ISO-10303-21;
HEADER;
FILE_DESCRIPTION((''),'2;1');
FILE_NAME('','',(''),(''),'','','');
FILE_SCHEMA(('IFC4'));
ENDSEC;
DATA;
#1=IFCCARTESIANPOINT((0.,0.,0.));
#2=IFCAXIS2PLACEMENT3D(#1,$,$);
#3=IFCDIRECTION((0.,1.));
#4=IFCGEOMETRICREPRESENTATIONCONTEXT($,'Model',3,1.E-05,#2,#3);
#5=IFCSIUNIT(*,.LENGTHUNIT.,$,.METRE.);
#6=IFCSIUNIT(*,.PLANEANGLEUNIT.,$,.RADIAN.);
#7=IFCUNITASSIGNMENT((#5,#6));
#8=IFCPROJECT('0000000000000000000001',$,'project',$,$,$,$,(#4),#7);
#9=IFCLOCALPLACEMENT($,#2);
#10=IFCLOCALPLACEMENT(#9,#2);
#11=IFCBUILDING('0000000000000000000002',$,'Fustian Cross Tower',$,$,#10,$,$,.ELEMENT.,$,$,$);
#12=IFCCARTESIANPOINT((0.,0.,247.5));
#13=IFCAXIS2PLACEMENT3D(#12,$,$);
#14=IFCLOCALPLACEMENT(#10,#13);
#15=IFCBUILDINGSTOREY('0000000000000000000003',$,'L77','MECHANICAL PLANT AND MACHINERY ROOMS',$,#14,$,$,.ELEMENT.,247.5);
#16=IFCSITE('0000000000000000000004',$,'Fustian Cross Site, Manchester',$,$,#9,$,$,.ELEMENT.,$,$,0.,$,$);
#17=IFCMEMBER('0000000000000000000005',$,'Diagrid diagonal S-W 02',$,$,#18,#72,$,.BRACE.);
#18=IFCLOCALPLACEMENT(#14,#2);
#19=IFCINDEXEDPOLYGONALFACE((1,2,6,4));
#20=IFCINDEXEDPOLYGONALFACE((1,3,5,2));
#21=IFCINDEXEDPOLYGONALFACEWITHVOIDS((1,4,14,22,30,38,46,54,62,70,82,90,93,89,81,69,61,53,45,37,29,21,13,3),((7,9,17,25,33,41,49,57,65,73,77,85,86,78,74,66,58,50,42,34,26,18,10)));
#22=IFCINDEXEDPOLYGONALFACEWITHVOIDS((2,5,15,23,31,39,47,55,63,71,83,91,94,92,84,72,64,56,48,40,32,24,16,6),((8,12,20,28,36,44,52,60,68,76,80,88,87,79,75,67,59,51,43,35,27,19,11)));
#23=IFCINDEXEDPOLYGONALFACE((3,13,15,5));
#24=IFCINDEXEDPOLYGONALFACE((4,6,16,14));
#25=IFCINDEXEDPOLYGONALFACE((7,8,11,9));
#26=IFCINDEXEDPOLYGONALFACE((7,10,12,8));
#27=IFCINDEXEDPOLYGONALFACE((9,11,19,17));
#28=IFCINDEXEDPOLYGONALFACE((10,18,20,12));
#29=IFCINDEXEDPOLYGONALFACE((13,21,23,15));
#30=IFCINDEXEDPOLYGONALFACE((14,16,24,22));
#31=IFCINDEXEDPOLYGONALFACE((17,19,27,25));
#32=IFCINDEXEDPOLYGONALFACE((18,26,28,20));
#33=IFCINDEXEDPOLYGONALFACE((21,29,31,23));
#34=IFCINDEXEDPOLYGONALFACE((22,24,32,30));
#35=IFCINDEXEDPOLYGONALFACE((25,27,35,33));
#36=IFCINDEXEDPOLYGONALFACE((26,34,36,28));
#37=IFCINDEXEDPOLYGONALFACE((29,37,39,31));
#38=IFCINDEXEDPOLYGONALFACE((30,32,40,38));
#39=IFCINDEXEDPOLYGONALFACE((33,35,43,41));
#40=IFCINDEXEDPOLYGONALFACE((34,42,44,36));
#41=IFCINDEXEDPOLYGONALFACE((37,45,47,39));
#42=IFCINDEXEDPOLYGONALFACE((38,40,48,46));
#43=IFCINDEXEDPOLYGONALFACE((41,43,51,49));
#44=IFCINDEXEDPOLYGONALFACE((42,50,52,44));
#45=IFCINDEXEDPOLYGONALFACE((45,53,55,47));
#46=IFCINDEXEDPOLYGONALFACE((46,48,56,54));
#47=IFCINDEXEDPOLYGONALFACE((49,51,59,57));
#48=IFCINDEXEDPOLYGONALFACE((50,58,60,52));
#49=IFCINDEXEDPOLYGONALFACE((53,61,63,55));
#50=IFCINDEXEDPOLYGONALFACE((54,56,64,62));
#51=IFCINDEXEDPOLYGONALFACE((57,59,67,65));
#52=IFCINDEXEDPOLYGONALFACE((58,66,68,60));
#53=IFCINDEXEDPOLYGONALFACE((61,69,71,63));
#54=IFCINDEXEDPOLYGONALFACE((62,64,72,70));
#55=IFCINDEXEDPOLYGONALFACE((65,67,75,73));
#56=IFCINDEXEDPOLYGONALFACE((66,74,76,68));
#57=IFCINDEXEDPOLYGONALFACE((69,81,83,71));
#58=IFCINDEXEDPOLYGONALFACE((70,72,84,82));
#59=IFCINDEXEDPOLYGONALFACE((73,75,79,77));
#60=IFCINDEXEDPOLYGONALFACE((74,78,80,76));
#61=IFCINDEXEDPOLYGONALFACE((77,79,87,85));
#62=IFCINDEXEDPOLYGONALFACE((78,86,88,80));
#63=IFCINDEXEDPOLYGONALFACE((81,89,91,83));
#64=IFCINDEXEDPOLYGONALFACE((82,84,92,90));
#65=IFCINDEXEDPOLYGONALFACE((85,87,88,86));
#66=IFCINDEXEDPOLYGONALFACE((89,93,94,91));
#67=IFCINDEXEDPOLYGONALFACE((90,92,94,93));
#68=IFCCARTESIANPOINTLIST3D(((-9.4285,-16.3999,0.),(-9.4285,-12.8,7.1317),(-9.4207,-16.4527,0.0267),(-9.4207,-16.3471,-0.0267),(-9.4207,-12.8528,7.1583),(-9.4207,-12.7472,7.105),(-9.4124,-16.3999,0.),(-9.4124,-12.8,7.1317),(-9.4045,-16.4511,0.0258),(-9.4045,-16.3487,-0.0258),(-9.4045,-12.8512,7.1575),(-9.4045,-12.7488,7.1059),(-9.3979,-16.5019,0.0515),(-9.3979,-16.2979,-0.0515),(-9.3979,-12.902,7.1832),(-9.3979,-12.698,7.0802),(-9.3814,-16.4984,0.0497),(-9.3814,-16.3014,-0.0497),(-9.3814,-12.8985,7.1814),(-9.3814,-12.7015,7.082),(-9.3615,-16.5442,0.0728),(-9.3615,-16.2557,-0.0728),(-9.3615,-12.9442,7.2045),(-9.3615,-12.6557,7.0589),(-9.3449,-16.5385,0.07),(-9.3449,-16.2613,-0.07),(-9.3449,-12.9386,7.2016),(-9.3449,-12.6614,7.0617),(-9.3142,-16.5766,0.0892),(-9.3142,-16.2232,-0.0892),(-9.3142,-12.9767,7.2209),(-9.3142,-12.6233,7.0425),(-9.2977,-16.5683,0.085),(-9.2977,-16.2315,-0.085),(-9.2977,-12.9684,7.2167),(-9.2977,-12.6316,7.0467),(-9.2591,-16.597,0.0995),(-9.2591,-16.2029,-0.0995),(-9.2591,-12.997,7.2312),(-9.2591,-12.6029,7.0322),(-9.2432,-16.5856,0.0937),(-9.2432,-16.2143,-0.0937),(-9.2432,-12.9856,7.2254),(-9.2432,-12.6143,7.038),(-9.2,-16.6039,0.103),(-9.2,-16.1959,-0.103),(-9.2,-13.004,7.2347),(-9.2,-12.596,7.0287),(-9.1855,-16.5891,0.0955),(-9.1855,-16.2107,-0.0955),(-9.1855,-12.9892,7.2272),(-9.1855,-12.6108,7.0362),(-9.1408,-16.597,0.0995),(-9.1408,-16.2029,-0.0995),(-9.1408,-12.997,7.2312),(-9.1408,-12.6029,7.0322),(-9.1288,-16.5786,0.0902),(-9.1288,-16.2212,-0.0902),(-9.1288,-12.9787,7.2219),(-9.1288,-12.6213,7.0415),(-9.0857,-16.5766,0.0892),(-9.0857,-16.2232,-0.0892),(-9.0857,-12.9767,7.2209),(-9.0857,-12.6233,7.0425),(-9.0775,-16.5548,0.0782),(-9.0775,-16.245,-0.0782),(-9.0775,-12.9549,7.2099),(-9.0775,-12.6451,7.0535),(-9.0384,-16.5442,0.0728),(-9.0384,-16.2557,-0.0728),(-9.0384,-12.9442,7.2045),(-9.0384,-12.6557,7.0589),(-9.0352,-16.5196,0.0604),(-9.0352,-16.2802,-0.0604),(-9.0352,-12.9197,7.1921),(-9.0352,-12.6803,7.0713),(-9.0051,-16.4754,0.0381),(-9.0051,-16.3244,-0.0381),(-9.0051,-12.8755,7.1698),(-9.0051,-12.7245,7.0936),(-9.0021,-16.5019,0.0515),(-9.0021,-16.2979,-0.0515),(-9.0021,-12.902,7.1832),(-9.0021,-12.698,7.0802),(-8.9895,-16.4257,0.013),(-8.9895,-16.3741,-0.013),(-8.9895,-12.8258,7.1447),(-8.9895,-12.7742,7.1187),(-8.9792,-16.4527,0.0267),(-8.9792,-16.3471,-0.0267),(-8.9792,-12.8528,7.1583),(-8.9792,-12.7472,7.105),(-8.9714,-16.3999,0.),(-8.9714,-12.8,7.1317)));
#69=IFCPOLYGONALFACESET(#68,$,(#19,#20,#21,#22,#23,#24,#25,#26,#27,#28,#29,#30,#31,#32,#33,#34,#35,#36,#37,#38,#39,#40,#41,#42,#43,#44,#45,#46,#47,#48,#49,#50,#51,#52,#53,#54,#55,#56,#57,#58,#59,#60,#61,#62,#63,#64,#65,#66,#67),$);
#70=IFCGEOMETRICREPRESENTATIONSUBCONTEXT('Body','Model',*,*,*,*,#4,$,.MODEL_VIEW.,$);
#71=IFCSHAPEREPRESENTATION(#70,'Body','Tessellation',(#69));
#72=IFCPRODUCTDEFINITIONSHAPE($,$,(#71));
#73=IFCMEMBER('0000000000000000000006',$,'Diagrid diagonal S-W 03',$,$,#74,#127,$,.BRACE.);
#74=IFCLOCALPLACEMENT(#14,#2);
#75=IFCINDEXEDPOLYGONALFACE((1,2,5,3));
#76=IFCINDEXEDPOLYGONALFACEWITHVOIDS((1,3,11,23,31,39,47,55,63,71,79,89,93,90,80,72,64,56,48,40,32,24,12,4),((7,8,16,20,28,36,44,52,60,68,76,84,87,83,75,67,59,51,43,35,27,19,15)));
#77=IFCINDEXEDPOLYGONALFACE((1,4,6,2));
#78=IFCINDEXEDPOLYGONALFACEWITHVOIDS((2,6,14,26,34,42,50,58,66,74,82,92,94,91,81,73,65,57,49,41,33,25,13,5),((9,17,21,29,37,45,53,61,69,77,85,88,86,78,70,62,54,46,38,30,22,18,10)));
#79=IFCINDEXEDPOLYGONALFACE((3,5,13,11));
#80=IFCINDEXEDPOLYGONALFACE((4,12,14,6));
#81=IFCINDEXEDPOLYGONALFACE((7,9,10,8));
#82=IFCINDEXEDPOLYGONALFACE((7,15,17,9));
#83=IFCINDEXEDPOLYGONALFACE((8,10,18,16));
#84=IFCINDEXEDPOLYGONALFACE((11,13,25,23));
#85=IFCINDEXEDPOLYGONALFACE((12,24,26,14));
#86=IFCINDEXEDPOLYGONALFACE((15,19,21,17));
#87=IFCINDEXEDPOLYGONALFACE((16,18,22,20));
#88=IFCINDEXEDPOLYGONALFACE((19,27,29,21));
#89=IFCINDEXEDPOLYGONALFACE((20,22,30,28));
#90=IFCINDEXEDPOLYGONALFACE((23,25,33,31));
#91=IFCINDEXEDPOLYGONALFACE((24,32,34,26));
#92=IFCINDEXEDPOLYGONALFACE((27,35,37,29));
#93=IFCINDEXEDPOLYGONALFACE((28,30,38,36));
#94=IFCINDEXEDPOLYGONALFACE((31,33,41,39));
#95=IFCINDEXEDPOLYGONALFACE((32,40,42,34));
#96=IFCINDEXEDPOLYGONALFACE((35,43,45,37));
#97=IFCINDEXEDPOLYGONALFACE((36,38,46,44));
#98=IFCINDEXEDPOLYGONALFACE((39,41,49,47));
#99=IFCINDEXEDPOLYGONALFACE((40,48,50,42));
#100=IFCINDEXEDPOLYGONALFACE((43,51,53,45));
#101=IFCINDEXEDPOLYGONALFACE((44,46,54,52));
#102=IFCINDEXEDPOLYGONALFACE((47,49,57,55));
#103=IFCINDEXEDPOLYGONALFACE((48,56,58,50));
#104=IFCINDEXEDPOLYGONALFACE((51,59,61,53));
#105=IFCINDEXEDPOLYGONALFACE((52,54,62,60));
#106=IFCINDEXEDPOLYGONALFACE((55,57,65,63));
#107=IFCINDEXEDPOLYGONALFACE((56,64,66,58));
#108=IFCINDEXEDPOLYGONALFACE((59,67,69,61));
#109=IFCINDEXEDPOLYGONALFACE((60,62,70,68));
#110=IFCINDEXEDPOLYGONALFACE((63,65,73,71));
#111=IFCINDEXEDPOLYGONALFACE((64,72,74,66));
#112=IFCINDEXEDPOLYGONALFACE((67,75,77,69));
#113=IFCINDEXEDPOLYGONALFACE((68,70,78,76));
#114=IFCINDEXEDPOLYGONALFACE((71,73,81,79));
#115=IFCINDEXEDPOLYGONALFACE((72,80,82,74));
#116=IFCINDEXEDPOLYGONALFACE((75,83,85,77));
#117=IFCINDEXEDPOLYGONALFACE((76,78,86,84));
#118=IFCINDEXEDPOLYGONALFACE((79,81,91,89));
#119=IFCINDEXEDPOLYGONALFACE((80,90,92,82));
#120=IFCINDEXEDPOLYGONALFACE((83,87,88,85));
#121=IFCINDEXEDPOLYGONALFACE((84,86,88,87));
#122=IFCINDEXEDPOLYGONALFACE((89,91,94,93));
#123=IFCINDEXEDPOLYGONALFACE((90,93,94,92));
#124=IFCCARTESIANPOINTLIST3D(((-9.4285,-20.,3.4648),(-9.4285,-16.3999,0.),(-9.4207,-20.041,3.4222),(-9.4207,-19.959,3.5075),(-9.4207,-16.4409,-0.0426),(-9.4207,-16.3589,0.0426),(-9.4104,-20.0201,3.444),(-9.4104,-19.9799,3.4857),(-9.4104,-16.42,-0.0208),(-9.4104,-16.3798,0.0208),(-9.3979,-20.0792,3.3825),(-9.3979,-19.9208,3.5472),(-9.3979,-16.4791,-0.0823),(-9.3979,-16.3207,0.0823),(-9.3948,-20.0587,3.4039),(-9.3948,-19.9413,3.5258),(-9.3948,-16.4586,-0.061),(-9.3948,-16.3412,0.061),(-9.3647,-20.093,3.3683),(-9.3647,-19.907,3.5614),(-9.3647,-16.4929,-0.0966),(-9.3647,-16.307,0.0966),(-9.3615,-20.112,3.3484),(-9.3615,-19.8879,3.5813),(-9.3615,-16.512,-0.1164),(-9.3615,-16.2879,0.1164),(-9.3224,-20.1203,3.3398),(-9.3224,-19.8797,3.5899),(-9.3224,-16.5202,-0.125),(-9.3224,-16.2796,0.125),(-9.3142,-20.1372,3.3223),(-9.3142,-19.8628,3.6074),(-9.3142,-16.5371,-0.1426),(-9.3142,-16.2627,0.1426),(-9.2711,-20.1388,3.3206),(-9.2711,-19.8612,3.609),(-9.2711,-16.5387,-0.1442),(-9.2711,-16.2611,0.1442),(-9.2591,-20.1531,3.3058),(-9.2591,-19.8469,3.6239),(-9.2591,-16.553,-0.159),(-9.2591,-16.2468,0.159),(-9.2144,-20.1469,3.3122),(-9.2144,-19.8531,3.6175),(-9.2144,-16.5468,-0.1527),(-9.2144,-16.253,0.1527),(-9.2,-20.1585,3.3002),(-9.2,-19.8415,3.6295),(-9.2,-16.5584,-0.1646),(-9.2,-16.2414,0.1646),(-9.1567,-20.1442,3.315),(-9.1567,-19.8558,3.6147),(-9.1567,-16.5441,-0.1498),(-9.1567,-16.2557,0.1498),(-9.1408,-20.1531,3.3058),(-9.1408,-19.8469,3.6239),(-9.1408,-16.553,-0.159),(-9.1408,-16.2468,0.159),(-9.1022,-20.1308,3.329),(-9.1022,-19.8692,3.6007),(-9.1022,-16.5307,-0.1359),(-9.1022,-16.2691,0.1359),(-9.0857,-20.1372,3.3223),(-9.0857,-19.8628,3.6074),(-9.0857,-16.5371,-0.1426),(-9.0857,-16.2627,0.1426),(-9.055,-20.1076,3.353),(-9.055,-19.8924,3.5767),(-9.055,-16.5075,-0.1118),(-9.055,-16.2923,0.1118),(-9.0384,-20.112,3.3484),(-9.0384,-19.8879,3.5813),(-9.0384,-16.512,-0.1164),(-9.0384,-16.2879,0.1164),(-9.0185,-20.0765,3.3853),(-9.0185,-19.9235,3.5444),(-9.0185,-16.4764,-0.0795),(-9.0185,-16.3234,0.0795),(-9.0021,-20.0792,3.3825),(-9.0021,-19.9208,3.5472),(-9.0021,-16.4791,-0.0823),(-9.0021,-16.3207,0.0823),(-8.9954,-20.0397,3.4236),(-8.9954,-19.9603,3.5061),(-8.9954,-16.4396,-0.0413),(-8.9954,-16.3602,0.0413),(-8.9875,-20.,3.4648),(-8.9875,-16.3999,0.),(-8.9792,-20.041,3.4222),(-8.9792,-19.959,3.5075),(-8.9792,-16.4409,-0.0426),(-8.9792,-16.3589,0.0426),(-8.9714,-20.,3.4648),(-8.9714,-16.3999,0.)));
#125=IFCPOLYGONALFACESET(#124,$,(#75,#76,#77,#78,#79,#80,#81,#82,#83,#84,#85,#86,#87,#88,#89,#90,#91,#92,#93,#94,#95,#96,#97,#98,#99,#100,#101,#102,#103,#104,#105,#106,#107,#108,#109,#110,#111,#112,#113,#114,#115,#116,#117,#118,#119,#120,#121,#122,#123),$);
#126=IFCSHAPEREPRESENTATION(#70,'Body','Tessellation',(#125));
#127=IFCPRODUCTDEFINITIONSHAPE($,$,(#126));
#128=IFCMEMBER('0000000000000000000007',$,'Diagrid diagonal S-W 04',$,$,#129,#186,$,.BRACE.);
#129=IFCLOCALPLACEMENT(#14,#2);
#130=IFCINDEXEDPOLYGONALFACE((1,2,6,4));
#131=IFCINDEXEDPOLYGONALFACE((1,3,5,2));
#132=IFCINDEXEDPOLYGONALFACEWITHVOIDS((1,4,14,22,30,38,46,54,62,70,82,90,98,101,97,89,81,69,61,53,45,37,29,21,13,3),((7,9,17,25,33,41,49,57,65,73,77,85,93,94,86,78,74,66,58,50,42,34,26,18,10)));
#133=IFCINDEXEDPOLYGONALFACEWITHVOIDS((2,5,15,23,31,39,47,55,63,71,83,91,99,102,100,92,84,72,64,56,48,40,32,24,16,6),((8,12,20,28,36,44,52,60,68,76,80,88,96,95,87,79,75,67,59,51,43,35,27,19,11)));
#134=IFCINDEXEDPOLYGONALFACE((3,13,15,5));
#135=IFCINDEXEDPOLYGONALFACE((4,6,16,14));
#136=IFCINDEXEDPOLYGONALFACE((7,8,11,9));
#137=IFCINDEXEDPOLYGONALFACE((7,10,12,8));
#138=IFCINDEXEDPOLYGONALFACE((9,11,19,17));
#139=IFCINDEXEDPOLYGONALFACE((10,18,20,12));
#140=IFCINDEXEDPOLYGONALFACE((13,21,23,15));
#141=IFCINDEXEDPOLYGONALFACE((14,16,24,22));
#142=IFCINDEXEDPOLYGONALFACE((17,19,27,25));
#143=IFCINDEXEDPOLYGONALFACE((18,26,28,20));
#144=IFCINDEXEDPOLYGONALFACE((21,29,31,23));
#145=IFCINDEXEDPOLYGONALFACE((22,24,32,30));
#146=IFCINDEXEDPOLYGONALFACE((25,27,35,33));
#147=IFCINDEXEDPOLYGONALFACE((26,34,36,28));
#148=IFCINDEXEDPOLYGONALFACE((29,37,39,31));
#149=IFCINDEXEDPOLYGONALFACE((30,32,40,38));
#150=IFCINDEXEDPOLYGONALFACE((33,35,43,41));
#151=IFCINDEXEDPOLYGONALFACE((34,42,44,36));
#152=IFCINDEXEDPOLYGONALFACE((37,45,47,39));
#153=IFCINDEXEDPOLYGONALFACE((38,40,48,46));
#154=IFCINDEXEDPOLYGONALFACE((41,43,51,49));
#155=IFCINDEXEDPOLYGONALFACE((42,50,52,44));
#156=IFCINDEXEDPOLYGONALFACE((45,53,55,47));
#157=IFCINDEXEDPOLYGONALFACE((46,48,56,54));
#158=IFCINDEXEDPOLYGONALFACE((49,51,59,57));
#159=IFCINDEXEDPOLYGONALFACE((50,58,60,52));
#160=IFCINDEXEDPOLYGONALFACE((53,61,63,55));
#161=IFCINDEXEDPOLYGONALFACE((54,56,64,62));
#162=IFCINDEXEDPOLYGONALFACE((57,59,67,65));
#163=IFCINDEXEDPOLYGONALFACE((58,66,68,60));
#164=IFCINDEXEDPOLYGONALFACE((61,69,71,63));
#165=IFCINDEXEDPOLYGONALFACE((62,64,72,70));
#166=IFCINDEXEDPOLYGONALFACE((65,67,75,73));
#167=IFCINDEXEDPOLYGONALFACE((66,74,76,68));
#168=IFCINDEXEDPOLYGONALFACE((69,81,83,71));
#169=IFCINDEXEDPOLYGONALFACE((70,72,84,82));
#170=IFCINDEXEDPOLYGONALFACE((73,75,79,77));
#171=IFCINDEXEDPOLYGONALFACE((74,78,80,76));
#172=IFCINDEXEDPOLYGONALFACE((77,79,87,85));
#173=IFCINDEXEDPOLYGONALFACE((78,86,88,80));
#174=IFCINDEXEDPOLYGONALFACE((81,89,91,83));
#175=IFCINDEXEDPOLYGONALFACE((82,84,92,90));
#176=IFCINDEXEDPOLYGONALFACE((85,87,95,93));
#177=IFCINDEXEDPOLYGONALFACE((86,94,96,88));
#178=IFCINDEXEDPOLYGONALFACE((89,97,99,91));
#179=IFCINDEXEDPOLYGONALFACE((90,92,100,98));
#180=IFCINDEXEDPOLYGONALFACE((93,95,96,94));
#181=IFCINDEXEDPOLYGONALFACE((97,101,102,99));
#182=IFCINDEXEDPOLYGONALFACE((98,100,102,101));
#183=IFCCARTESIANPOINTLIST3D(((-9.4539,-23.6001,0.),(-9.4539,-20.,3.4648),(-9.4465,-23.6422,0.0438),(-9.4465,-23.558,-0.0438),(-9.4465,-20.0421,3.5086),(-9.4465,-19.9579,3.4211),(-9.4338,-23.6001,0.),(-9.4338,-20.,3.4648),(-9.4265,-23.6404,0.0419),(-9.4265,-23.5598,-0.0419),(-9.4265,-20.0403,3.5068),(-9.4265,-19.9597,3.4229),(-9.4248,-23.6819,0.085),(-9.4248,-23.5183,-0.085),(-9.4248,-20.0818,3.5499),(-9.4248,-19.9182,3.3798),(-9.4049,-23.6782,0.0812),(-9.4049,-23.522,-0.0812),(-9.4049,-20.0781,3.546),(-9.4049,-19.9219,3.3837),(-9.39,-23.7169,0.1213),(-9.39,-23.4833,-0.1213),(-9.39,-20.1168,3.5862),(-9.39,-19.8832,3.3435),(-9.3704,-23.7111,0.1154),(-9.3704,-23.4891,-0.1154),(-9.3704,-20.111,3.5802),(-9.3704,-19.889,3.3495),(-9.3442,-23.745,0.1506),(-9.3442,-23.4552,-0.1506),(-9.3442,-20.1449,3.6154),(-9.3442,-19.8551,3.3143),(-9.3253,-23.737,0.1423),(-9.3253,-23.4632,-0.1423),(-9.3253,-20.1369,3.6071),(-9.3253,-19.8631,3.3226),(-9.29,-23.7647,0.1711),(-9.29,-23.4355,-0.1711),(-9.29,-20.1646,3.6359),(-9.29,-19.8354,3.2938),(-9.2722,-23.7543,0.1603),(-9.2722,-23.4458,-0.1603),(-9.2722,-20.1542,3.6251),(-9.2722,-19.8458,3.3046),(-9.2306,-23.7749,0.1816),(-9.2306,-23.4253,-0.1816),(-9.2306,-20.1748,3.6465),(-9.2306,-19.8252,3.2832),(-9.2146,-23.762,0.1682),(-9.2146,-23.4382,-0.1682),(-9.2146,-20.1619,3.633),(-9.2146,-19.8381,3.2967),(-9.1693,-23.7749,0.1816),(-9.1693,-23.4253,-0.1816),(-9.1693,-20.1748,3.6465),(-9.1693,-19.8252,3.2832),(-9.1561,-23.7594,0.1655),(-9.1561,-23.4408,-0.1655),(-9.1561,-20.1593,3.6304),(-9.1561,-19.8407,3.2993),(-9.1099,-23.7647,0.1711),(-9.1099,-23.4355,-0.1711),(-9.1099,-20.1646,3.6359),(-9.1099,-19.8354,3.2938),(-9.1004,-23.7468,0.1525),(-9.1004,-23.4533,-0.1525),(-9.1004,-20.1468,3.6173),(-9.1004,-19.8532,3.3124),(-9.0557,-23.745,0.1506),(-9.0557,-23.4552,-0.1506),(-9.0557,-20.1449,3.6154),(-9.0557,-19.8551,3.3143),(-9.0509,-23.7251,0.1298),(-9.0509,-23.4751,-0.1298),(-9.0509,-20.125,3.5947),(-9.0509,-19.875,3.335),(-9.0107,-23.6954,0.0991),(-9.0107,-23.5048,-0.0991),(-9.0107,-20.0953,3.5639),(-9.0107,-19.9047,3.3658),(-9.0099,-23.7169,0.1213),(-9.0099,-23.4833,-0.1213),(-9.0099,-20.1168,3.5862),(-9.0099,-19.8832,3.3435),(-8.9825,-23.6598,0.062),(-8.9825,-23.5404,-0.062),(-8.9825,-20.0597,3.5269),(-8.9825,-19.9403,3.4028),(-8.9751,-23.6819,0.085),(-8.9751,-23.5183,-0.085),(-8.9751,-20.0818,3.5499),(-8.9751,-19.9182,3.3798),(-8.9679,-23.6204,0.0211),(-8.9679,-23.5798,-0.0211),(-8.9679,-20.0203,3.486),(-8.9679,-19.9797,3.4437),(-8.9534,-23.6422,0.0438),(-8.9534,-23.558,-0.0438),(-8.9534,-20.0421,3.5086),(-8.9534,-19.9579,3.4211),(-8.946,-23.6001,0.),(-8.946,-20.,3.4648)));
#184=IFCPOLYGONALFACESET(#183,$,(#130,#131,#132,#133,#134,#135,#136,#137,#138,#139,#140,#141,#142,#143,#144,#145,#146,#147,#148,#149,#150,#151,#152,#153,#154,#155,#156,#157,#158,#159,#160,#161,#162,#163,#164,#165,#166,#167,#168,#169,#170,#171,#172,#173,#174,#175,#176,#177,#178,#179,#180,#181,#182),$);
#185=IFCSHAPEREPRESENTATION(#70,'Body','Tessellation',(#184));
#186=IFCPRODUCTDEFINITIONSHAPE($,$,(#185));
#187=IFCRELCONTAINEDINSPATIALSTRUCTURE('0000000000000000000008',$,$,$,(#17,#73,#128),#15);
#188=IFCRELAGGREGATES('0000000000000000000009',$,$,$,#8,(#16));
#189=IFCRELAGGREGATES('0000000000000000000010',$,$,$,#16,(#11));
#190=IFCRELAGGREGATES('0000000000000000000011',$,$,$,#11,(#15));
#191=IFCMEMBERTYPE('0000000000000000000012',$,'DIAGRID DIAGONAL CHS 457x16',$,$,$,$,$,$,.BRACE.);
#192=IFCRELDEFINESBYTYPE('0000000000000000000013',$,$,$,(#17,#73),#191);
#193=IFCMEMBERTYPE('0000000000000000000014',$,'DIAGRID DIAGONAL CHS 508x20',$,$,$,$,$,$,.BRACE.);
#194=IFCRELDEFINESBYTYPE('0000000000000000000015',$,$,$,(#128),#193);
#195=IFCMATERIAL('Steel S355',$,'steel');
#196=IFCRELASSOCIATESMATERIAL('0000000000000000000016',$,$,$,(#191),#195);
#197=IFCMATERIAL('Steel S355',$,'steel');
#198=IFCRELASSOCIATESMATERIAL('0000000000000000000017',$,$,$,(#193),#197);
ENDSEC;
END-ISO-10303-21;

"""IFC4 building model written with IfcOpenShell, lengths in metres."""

from ifc_helpers import new_model, si_unit, direction, frame, origin, origin_2d, place, context, subcontext, project, spatial, hollow_circle, extrude, material, material_profile, profile_set, type_object, element, save


model = new_model("IFC4")

# Units and contexts
model_context = context("Model", 3, precision=1e-05, world=origin(), true_north=direction((0.0, 1.0)))
body_context = subcontext(model_context, "Body", "Model", "MODEL_VIEW")
ifc_project = project(units=[si_unit("LENGTHUNIT", "METRE"), si_unit("PLANEANGLEUNIT", "RADIAN")], contexts=[model_context])

# Site, building, storey
site_placement = place(None, origin())
site = spatial("IfcSite", under=ifc_project, at=site_placement, Name="Fustian Cross Site, Manchester", CompositionType="ELEMENT", RefElevation=0.0)
building_placement = place(site_placement, origin())
building = spatial("IfcBuilding", under=site, at=building_placement, Name="Fustian Cross Tower", CompositionType="ELEMENT")
storey_placement = place(building_placement, frame((0.0, 0.0, 247.5)))
storey = spatial("IfcBuildingStorey", under=building, at=storey_placement, Name="L77", Description="MECHANICAL PLANT AND MACHINERY ROOMS", CompositionType="ELEMENT", Elevation=247.5)

# Members
ifc_material_1 = material(Name="Steel S355", Category="steel")
ifc_material_profile_1 = material_profile(ifc_material_1, hollow_circle(Radius=0.2285, WallThickness=0.0161, at=origin_2d()), Name="CHS 457x16")
ifc_profile_set_1 = profile_set([ifc_material_profile_1], Name="Steel S355")
member_type_1 = type_object("IfcMemberType", Name="DIAGRID DIAGONAL CHS 457x16", PredefinedType="BRACE", material=ifc_profile_set_1)
member_1_placement = place(storey_placement, frame((-9.2, -16.3999, 0.0), z_axis=(0.0, 0.450621, 0.892715), x_axis=(-1.0, 0.0, 0.0)))
element("IfcMember", 1, at=member_1_placement, inside=storey, type_object=member_type_1, Name="Diagrid diagonal S-W 02", PredefinedType="BRACE", context=body_context, shape_type="SweptSolid", body=[
    extrude(hollow_circle(Radius=0.2285, WallThickness=0.0161, at=origin_2d()), origin(), (0.0, 0.0, 1.0), 7.9888),
])
member_2_placement = place(storey_placement, frame((-9.2, -16.3999, 0.0), z_axis=(0.0, -0.720512, 0.693443), x_axis=(1.0, 0.0, 0.0)))
element("IfcMember", 2, at=member_2_placement, inside=storey, type_object=member_type_1, Name="Diagrid diagonal S-W 03", PredefinedType="BRACE", context=body_context, shape_type="SweptSolid", body=[
    extrude(hollow_circle(Radius=0.2285, WallThickness=0.0161, at=origin_2d()), origin(), (0.0, 0.0, 1.0), 4.9966),
])
ifc_material_2 = material(Name="Steel S355", Category="steel")
ifc_material_profile_2 = material_profile(ifc_material_2, hollow_circle(Radius=0.2539, WallThickness=0.02, at=origin_2d()), Name="CHS 508x20")
ifc_profile_set_2 = profile_set([ifc_material_profile_2], Name="Steel S355")
member_type_2 = type_object("IfcMemberType", Name="DIAGRID DIAGONAL CHS 508x20", PredefinedType="BRACE", material=ifc_profile_set_2)
member_3_placement = place(storey_placement, frame((-9.2, -23.6001, 0.0), z_axis=(0.0, 0.720512, 0.693443), x_axis=(-1.0, 0.0, 0.0)))
element("IfcMember", 3, at=member_3_placement, inside=storey, type_object=member_type_2, Name="Diagrid diagonal S-W 04", PredefinedType="BRACE", context=body_context, shape_type="SweptSolid", body=[
    extrude(hollow_circle(Radius=0.2539, WallThickness=0.02, at=origin_2d()), origin(), (0.0, 0.0, 1.0), 4.9966),
])

save(model, "model.ifc")
